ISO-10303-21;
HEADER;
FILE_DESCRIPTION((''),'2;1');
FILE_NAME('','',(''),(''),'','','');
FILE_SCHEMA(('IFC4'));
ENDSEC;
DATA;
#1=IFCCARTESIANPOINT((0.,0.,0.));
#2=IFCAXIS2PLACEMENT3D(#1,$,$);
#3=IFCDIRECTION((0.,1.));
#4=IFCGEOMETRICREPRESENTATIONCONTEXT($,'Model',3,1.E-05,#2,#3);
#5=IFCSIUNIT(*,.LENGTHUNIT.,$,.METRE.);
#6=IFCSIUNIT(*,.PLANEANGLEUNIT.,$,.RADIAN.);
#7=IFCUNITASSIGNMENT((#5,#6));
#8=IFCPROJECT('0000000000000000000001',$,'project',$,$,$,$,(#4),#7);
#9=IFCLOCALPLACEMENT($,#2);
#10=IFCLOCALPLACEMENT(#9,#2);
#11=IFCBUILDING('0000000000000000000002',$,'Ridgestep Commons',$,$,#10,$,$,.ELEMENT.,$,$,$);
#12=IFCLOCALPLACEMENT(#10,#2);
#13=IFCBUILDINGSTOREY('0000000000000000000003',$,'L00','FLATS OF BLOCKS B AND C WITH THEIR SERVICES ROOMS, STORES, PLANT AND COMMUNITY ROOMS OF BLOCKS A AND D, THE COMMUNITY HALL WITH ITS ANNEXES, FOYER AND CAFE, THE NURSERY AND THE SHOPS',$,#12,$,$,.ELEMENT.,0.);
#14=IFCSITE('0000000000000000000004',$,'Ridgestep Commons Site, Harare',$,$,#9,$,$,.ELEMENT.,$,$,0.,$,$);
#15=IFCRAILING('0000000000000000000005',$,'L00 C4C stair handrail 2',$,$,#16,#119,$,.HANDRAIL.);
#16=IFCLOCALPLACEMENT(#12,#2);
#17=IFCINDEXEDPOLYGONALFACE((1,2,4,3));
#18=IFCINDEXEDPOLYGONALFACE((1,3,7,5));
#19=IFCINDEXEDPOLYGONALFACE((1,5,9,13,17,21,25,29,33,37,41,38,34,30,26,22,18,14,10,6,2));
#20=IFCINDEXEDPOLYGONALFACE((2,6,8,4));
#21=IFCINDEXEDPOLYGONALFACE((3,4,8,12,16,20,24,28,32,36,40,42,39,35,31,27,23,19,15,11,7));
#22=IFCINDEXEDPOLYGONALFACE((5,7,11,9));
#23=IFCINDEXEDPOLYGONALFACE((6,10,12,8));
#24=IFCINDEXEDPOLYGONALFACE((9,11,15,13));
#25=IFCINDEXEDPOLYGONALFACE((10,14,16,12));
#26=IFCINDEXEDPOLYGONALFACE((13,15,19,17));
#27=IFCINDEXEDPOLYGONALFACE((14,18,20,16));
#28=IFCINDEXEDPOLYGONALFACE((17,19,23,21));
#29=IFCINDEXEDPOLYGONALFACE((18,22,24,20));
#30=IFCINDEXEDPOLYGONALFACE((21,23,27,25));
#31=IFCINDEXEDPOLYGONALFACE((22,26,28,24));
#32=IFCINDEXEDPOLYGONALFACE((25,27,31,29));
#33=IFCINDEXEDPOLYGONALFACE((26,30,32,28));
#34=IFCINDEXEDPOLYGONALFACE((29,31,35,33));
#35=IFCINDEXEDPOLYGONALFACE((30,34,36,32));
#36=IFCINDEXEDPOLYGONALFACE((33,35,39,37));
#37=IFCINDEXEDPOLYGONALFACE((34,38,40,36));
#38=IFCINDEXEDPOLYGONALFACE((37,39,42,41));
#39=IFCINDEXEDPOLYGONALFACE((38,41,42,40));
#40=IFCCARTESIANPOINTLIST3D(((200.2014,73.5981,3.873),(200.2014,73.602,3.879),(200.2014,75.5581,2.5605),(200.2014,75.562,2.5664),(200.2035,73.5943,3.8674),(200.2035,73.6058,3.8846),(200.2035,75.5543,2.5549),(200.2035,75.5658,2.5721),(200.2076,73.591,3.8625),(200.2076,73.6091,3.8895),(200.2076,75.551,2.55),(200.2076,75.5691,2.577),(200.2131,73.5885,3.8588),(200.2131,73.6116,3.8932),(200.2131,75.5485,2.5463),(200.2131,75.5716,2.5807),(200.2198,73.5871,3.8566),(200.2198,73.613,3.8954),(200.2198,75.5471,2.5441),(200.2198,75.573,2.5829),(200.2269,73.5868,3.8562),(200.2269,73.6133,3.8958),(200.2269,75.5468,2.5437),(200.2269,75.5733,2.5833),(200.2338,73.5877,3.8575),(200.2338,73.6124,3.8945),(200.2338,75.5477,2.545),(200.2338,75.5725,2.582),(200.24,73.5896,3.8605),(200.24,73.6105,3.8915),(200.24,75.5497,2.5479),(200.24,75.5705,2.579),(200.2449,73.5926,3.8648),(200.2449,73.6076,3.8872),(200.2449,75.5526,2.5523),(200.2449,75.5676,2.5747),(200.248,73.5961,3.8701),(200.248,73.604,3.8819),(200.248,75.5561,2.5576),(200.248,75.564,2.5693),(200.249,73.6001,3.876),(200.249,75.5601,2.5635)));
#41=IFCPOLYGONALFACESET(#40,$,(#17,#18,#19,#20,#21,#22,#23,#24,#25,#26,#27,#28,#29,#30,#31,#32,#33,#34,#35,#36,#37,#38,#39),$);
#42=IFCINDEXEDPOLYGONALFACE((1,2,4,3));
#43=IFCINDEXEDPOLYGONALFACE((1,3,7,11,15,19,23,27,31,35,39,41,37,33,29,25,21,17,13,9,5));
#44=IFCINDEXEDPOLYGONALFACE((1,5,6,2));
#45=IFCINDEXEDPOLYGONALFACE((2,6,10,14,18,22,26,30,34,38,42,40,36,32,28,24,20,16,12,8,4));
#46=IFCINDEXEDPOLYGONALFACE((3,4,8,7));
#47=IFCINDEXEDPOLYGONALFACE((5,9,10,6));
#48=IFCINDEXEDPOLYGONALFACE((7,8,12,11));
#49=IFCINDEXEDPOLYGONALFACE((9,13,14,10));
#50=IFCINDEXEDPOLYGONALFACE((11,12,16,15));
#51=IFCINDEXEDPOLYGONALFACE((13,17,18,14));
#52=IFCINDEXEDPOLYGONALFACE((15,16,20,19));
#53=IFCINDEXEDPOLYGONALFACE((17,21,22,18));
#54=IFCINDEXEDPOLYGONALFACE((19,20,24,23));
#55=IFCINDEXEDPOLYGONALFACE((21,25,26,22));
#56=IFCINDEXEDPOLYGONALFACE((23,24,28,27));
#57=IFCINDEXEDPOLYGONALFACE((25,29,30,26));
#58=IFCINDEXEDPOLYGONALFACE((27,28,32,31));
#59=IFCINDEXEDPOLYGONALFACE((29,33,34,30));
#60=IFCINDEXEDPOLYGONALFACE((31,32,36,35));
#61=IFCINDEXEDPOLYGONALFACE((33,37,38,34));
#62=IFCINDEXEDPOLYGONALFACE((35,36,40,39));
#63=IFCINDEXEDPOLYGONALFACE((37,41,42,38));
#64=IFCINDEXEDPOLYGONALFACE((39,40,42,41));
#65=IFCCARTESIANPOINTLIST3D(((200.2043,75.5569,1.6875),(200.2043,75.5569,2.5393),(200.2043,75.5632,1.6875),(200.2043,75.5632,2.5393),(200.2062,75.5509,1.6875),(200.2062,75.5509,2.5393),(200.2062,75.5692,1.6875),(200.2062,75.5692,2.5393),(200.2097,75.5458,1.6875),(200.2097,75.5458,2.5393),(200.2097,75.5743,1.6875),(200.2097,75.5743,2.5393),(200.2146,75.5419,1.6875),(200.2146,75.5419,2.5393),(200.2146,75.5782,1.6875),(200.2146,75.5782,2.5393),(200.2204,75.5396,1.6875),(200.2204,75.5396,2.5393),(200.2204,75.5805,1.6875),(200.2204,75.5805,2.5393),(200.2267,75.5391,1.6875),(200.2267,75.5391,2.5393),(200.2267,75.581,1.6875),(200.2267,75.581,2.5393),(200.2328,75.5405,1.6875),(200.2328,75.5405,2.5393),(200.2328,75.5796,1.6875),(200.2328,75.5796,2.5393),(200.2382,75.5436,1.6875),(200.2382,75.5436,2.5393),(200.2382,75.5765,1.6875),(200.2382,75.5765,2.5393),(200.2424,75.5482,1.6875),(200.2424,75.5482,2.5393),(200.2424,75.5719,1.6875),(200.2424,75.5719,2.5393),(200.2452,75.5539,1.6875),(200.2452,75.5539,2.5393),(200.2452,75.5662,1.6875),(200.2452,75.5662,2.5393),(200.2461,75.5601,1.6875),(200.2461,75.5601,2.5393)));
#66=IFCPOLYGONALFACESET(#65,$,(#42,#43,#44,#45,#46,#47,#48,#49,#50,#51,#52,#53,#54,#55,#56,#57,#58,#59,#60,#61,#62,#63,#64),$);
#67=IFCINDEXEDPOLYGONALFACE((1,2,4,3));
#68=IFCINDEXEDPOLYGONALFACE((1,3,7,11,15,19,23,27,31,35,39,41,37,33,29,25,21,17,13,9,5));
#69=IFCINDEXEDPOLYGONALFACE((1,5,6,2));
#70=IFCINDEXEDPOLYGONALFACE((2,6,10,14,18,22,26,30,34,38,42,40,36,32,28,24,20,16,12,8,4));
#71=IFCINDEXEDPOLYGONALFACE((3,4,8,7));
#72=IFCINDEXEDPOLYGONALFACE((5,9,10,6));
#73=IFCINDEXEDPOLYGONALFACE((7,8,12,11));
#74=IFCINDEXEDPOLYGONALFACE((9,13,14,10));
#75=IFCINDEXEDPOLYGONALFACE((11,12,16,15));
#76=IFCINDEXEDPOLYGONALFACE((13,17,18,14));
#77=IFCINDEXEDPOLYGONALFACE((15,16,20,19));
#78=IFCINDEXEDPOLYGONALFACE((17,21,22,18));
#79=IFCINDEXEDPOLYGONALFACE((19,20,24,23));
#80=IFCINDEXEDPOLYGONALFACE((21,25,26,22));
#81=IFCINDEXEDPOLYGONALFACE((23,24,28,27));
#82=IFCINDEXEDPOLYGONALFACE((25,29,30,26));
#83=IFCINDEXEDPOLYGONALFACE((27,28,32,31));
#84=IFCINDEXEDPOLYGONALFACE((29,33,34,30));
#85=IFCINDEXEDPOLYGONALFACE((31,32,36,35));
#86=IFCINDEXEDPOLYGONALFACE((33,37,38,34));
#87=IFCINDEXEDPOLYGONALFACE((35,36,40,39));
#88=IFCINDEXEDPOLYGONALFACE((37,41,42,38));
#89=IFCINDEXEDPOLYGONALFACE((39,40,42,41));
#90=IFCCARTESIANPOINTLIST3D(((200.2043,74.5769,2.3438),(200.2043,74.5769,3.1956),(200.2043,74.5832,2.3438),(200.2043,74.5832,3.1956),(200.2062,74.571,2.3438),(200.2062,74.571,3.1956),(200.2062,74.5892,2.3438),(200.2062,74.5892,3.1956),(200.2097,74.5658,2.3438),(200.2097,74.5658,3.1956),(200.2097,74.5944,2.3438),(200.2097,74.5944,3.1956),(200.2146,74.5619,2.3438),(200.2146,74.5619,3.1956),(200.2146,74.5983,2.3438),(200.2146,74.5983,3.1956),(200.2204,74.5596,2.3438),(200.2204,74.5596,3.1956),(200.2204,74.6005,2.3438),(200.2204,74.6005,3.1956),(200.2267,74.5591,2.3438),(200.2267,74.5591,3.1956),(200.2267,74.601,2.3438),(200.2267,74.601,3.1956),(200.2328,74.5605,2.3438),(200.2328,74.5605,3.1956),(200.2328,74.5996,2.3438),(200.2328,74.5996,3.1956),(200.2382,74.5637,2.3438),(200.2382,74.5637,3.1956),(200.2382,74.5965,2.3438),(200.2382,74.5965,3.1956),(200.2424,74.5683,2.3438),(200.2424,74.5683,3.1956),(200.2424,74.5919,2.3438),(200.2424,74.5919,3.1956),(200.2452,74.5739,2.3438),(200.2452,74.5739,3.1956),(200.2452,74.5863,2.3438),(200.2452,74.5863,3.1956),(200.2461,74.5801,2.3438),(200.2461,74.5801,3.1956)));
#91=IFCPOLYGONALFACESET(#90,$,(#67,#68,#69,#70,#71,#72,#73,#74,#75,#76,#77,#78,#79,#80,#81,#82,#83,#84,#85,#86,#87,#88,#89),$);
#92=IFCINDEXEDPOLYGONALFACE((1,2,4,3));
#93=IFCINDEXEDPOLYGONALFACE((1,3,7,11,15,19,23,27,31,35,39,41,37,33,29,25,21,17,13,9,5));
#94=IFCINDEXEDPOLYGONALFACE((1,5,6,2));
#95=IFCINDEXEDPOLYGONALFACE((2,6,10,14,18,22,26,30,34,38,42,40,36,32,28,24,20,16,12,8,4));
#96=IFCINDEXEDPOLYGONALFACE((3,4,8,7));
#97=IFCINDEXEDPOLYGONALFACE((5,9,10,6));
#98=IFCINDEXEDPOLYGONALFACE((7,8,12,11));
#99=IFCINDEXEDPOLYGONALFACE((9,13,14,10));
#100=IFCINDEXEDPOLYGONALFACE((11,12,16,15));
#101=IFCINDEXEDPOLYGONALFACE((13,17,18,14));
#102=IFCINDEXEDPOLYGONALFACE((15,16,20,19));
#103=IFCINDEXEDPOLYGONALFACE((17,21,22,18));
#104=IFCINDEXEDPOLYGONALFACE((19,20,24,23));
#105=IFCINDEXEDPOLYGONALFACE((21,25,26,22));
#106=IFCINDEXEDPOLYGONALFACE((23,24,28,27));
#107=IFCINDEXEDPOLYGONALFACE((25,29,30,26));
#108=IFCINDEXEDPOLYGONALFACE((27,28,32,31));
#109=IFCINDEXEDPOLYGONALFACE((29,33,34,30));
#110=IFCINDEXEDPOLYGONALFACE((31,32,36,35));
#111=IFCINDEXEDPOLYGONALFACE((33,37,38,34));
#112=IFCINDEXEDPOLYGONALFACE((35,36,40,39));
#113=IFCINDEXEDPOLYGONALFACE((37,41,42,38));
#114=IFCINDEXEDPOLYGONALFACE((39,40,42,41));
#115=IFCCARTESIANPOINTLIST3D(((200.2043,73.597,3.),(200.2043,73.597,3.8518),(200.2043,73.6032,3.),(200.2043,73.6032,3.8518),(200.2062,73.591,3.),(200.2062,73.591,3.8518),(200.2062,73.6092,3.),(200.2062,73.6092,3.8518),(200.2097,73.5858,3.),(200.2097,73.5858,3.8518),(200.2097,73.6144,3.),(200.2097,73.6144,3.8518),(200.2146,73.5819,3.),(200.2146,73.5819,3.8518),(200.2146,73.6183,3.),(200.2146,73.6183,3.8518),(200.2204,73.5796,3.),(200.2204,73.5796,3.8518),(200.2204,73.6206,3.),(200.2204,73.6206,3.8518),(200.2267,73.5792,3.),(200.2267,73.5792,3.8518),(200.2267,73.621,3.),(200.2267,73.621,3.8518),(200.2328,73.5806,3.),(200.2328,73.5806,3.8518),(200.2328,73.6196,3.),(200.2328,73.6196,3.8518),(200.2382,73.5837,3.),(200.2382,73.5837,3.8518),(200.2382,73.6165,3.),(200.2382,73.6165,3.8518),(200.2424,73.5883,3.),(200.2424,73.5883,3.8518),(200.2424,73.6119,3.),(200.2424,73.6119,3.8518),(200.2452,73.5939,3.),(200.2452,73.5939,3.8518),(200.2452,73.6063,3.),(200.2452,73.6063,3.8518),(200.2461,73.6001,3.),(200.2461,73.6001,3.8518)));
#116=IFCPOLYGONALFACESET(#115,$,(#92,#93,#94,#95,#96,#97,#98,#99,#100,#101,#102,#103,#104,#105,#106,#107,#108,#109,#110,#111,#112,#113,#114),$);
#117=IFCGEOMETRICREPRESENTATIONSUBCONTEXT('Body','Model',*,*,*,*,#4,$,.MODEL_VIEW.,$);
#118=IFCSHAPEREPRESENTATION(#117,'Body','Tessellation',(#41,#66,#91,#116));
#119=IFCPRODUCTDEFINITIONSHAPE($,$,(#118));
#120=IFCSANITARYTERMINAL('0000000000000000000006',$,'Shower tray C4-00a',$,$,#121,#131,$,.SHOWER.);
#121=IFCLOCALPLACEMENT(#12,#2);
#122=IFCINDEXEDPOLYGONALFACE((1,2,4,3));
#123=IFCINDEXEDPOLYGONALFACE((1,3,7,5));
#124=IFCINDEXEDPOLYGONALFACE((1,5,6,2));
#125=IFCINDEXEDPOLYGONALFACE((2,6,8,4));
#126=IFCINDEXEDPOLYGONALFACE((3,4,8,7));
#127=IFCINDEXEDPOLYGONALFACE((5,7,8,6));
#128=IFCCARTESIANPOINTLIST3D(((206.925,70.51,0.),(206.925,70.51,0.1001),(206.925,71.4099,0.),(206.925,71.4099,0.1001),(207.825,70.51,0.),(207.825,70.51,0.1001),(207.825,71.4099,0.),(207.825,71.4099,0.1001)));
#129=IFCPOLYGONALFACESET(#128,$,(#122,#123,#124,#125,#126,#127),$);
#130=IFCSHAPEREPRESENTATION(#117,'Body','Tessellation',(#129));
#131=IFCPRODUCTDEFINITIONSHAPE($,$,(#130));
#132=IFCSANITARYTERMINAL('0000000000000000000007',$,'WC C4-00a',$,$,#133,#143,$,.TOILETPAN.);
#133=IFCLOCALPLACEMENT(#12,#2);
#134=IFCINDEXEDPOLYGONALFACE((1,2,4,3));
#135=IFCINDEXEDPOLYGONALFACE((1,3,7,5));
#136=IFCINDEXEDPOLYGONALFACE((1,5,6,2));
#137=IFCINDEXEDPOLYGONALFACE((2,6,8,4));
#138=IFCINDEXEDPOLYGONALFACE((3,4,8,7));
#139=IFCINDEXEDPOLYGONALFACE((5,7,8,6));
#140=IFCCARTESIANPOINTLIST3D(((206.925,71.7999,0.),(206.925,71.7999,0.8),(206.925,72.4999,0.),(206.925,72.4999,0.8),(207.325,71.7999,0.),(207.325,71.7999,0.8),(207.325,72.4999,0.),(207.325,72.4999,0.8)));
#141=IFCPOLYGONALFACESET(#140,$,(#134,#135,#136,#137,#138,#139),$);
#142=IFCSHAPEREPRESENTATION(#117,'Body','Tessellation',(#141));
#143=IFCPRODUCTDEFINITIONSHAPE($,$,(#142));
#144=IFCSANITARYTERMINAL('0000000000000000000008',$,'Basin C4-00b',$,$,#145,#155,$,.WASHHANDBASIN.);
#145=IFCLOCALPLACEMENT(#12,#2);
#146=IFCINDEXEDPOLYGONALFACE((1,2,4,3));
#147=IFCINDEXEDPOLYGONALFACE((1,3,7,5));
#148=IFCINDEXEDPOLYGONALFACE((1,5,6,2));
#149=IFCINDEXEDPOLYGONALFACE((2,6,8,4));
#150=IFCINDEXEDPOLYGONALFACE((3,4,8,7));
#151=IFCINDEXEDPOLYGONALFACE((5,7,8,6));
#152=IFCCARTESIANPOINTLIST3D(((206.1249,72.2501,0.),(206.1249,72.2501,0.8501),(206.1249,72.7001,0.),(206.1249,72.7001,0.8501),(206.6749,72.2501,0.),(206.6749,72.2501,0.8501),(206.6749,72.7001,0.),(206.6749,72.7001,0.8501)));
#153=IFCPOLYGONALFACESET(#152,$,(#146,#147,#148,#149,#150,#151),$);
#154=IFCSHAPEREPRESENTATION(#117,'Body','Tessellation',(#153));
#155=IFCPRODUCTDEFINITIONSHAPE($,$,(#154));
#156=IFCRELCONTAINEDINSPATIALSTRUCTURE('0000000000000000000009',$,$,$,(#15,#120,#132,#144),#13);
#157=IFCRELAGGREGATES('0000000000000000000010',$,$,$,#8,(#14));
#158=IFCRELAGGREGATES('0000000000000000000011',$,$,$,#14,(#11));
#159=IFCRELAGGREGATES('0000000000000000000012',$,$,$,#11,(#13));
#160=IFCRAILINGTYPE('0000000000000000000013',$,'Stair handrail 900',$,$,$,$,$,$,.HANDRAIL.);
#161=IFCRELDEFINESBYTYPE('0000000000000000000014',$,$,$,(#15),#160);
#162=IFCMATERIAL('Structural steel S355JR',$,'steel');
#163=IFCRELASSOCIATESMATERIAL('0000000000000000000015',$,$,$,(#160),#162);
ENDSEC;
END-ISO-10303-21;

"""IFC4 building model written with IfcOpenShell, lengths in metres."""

from ifc_helpers import new_model, si_unit, direction, frame, origin, origin_2d, place, context, subcontext, project, spatial, rectangle, circle, extrude, material, type_object, element, save


model = new_model("IFC4")

# Units and contexts
model_context = context("Model", 3, precision=1e-05, world=origin(), true_north=direction((0.0, 1.0)))
body_context = subcontext(model_context, "Body", "Model", "MODEL_VIEW")
ifc_project = project(units=[si_unit("LENGTHUNIT", "METRE"), si_unit("PLANEANGLEUNIT", "RADIAN")], contexts=[model_context])

# Site, building, storey
site_placement = place(None, origin())
site = spatial("IfcSite", under=ifc_project, at=site_placement, Name="Ridgestep Commons Site, Harare", CompositionType="ELEMENT", RefElevation=0.0)
building_placement = place(site_placement, origin())
building = spatial("IfcBuilding", under=site, at=building_placement, Name="Ridgestep Commons", CompositionType="ELEMENT")
storey_placement = place(building_placement, origin())
storey = spatial("IfcBuildingStorey", under=building, at=storey_placement, Name="L00", Description="FLATS OF BLOCKS B AND C WITH THEIR SERVICES ROOMS, STORES, PLANT AND COMMUNITY ROOMS OF BLOCKS A AND D, THE COMMUNITY HALL WITH ITS ANNEXES, FOYER AND CAFE, THE NURSERY AND THE SHOPS", CompositionType="ELEMENT", Elevation=0.0)

# Railing
ifc_material_1 = material(Name="Structural steel S355JR", Category="steel")
railing_type_1 = type_object("IfcRailingType", Name="Stair handrail 900", PredefinedType="HANDRAIL", material=ifc_material_1)
railing_1_placement = place(storey_placement, frame((200.2251, 75.5601, 1.6875)))
element("IfcRailing", 1, at=railing_1_placement, inside=storey, type_object=railing_type_1, Name="L00 C4C stair handrail 2", PredefinedType="HANDRAIL", context=body_context, shape_type="SweptSolid", body=[
    extrude(circle(Radius=0.0239, at=origin_2d()), frame((0.0, 0.0, 0.876), z_axis=(0.0, -0.830902, 0.556419), x_axis=(1.0, 0.0, 0.0)), (0.0, 0.0, 1.0), 2.3589),
    extrude(circle(Radius=0.021, at=origin_2d()), origin(), (0.0, 0.0, 1.0), 0.8518),
    extrude(circle(Radius=0.021, at=origin_2d()), frame((0.0, -0.98, 0.6562)), (0.0, 0.0, 1.0), 0.8518),
    extrude(circle(Radius=0.021, at=origin_2d()), frame((0.0, -1.96, 1.3125)), (0.0, 0.0, 1.0), 0.8518),
])

# Sanitary terminals
sanitary_terminal_1_placement = place(storey_placement, frame((207.375, 70.96, 0.0), z_axis=(0.0, 0.0, 1.0), x_axis=(1.0, 0.0, 0.0)))
element("IfcSanitaryTerminal", 2, at=sanitary_terminal_1_placement, inside=storey, Name="Shower tray C4-00a", PredefinedType="SHOWER", context=body_context, shape_type="SweptSolid", body=[
    extrude(rectangle(XDim=0.8999, YDim=0.8999, at=origin_2d()), origin(), (0.0, 0.0, 1.0), 0.1001),
])
sanitary_terminal_2_placement = place(storey_placement, frame((207.125, 72.1499, 0.0), z_axis=(0.0, 0.0, 1.0), x_axis=(1.0, 0.0, 0.0)))
element("IfcSanitaryTerminal", 3, at=sanitary_terminal_2_placement, inside=storey, Name="WC C4-00a", PredefinedType="TOILETPAN", context=body_context, shape_type="SweptSolid", body=[
    extrude(rectangle(XDim=0.3999, YDim=0.7, at=origin_2d()), origin(), (0.0, 0.0, 1.0), 0.8),
])
sanitary_terminal_3_placement = place(storey_placement, frame((206.3999, 72.4751, 0.0), z_axis=(0.0, 0.0, 1.0), x_axis=(1.0, 0.0, 0.0)))
element("IfcSanitaryTerminal", 4, at=sanitary_terminal_3_placement, inside=storey, Name="Basin C4-00b", PredefinedType="WASHHANDBASIN", context=body_context, shape_type="SweptSolid", body=[
    extrude(rectangle(XDim=0.55, YDim=0.45, at=origin_2d()), origin(), (0.0, 0.0, 1.0), 0.8501),
])

save(model, "model.ifc")
